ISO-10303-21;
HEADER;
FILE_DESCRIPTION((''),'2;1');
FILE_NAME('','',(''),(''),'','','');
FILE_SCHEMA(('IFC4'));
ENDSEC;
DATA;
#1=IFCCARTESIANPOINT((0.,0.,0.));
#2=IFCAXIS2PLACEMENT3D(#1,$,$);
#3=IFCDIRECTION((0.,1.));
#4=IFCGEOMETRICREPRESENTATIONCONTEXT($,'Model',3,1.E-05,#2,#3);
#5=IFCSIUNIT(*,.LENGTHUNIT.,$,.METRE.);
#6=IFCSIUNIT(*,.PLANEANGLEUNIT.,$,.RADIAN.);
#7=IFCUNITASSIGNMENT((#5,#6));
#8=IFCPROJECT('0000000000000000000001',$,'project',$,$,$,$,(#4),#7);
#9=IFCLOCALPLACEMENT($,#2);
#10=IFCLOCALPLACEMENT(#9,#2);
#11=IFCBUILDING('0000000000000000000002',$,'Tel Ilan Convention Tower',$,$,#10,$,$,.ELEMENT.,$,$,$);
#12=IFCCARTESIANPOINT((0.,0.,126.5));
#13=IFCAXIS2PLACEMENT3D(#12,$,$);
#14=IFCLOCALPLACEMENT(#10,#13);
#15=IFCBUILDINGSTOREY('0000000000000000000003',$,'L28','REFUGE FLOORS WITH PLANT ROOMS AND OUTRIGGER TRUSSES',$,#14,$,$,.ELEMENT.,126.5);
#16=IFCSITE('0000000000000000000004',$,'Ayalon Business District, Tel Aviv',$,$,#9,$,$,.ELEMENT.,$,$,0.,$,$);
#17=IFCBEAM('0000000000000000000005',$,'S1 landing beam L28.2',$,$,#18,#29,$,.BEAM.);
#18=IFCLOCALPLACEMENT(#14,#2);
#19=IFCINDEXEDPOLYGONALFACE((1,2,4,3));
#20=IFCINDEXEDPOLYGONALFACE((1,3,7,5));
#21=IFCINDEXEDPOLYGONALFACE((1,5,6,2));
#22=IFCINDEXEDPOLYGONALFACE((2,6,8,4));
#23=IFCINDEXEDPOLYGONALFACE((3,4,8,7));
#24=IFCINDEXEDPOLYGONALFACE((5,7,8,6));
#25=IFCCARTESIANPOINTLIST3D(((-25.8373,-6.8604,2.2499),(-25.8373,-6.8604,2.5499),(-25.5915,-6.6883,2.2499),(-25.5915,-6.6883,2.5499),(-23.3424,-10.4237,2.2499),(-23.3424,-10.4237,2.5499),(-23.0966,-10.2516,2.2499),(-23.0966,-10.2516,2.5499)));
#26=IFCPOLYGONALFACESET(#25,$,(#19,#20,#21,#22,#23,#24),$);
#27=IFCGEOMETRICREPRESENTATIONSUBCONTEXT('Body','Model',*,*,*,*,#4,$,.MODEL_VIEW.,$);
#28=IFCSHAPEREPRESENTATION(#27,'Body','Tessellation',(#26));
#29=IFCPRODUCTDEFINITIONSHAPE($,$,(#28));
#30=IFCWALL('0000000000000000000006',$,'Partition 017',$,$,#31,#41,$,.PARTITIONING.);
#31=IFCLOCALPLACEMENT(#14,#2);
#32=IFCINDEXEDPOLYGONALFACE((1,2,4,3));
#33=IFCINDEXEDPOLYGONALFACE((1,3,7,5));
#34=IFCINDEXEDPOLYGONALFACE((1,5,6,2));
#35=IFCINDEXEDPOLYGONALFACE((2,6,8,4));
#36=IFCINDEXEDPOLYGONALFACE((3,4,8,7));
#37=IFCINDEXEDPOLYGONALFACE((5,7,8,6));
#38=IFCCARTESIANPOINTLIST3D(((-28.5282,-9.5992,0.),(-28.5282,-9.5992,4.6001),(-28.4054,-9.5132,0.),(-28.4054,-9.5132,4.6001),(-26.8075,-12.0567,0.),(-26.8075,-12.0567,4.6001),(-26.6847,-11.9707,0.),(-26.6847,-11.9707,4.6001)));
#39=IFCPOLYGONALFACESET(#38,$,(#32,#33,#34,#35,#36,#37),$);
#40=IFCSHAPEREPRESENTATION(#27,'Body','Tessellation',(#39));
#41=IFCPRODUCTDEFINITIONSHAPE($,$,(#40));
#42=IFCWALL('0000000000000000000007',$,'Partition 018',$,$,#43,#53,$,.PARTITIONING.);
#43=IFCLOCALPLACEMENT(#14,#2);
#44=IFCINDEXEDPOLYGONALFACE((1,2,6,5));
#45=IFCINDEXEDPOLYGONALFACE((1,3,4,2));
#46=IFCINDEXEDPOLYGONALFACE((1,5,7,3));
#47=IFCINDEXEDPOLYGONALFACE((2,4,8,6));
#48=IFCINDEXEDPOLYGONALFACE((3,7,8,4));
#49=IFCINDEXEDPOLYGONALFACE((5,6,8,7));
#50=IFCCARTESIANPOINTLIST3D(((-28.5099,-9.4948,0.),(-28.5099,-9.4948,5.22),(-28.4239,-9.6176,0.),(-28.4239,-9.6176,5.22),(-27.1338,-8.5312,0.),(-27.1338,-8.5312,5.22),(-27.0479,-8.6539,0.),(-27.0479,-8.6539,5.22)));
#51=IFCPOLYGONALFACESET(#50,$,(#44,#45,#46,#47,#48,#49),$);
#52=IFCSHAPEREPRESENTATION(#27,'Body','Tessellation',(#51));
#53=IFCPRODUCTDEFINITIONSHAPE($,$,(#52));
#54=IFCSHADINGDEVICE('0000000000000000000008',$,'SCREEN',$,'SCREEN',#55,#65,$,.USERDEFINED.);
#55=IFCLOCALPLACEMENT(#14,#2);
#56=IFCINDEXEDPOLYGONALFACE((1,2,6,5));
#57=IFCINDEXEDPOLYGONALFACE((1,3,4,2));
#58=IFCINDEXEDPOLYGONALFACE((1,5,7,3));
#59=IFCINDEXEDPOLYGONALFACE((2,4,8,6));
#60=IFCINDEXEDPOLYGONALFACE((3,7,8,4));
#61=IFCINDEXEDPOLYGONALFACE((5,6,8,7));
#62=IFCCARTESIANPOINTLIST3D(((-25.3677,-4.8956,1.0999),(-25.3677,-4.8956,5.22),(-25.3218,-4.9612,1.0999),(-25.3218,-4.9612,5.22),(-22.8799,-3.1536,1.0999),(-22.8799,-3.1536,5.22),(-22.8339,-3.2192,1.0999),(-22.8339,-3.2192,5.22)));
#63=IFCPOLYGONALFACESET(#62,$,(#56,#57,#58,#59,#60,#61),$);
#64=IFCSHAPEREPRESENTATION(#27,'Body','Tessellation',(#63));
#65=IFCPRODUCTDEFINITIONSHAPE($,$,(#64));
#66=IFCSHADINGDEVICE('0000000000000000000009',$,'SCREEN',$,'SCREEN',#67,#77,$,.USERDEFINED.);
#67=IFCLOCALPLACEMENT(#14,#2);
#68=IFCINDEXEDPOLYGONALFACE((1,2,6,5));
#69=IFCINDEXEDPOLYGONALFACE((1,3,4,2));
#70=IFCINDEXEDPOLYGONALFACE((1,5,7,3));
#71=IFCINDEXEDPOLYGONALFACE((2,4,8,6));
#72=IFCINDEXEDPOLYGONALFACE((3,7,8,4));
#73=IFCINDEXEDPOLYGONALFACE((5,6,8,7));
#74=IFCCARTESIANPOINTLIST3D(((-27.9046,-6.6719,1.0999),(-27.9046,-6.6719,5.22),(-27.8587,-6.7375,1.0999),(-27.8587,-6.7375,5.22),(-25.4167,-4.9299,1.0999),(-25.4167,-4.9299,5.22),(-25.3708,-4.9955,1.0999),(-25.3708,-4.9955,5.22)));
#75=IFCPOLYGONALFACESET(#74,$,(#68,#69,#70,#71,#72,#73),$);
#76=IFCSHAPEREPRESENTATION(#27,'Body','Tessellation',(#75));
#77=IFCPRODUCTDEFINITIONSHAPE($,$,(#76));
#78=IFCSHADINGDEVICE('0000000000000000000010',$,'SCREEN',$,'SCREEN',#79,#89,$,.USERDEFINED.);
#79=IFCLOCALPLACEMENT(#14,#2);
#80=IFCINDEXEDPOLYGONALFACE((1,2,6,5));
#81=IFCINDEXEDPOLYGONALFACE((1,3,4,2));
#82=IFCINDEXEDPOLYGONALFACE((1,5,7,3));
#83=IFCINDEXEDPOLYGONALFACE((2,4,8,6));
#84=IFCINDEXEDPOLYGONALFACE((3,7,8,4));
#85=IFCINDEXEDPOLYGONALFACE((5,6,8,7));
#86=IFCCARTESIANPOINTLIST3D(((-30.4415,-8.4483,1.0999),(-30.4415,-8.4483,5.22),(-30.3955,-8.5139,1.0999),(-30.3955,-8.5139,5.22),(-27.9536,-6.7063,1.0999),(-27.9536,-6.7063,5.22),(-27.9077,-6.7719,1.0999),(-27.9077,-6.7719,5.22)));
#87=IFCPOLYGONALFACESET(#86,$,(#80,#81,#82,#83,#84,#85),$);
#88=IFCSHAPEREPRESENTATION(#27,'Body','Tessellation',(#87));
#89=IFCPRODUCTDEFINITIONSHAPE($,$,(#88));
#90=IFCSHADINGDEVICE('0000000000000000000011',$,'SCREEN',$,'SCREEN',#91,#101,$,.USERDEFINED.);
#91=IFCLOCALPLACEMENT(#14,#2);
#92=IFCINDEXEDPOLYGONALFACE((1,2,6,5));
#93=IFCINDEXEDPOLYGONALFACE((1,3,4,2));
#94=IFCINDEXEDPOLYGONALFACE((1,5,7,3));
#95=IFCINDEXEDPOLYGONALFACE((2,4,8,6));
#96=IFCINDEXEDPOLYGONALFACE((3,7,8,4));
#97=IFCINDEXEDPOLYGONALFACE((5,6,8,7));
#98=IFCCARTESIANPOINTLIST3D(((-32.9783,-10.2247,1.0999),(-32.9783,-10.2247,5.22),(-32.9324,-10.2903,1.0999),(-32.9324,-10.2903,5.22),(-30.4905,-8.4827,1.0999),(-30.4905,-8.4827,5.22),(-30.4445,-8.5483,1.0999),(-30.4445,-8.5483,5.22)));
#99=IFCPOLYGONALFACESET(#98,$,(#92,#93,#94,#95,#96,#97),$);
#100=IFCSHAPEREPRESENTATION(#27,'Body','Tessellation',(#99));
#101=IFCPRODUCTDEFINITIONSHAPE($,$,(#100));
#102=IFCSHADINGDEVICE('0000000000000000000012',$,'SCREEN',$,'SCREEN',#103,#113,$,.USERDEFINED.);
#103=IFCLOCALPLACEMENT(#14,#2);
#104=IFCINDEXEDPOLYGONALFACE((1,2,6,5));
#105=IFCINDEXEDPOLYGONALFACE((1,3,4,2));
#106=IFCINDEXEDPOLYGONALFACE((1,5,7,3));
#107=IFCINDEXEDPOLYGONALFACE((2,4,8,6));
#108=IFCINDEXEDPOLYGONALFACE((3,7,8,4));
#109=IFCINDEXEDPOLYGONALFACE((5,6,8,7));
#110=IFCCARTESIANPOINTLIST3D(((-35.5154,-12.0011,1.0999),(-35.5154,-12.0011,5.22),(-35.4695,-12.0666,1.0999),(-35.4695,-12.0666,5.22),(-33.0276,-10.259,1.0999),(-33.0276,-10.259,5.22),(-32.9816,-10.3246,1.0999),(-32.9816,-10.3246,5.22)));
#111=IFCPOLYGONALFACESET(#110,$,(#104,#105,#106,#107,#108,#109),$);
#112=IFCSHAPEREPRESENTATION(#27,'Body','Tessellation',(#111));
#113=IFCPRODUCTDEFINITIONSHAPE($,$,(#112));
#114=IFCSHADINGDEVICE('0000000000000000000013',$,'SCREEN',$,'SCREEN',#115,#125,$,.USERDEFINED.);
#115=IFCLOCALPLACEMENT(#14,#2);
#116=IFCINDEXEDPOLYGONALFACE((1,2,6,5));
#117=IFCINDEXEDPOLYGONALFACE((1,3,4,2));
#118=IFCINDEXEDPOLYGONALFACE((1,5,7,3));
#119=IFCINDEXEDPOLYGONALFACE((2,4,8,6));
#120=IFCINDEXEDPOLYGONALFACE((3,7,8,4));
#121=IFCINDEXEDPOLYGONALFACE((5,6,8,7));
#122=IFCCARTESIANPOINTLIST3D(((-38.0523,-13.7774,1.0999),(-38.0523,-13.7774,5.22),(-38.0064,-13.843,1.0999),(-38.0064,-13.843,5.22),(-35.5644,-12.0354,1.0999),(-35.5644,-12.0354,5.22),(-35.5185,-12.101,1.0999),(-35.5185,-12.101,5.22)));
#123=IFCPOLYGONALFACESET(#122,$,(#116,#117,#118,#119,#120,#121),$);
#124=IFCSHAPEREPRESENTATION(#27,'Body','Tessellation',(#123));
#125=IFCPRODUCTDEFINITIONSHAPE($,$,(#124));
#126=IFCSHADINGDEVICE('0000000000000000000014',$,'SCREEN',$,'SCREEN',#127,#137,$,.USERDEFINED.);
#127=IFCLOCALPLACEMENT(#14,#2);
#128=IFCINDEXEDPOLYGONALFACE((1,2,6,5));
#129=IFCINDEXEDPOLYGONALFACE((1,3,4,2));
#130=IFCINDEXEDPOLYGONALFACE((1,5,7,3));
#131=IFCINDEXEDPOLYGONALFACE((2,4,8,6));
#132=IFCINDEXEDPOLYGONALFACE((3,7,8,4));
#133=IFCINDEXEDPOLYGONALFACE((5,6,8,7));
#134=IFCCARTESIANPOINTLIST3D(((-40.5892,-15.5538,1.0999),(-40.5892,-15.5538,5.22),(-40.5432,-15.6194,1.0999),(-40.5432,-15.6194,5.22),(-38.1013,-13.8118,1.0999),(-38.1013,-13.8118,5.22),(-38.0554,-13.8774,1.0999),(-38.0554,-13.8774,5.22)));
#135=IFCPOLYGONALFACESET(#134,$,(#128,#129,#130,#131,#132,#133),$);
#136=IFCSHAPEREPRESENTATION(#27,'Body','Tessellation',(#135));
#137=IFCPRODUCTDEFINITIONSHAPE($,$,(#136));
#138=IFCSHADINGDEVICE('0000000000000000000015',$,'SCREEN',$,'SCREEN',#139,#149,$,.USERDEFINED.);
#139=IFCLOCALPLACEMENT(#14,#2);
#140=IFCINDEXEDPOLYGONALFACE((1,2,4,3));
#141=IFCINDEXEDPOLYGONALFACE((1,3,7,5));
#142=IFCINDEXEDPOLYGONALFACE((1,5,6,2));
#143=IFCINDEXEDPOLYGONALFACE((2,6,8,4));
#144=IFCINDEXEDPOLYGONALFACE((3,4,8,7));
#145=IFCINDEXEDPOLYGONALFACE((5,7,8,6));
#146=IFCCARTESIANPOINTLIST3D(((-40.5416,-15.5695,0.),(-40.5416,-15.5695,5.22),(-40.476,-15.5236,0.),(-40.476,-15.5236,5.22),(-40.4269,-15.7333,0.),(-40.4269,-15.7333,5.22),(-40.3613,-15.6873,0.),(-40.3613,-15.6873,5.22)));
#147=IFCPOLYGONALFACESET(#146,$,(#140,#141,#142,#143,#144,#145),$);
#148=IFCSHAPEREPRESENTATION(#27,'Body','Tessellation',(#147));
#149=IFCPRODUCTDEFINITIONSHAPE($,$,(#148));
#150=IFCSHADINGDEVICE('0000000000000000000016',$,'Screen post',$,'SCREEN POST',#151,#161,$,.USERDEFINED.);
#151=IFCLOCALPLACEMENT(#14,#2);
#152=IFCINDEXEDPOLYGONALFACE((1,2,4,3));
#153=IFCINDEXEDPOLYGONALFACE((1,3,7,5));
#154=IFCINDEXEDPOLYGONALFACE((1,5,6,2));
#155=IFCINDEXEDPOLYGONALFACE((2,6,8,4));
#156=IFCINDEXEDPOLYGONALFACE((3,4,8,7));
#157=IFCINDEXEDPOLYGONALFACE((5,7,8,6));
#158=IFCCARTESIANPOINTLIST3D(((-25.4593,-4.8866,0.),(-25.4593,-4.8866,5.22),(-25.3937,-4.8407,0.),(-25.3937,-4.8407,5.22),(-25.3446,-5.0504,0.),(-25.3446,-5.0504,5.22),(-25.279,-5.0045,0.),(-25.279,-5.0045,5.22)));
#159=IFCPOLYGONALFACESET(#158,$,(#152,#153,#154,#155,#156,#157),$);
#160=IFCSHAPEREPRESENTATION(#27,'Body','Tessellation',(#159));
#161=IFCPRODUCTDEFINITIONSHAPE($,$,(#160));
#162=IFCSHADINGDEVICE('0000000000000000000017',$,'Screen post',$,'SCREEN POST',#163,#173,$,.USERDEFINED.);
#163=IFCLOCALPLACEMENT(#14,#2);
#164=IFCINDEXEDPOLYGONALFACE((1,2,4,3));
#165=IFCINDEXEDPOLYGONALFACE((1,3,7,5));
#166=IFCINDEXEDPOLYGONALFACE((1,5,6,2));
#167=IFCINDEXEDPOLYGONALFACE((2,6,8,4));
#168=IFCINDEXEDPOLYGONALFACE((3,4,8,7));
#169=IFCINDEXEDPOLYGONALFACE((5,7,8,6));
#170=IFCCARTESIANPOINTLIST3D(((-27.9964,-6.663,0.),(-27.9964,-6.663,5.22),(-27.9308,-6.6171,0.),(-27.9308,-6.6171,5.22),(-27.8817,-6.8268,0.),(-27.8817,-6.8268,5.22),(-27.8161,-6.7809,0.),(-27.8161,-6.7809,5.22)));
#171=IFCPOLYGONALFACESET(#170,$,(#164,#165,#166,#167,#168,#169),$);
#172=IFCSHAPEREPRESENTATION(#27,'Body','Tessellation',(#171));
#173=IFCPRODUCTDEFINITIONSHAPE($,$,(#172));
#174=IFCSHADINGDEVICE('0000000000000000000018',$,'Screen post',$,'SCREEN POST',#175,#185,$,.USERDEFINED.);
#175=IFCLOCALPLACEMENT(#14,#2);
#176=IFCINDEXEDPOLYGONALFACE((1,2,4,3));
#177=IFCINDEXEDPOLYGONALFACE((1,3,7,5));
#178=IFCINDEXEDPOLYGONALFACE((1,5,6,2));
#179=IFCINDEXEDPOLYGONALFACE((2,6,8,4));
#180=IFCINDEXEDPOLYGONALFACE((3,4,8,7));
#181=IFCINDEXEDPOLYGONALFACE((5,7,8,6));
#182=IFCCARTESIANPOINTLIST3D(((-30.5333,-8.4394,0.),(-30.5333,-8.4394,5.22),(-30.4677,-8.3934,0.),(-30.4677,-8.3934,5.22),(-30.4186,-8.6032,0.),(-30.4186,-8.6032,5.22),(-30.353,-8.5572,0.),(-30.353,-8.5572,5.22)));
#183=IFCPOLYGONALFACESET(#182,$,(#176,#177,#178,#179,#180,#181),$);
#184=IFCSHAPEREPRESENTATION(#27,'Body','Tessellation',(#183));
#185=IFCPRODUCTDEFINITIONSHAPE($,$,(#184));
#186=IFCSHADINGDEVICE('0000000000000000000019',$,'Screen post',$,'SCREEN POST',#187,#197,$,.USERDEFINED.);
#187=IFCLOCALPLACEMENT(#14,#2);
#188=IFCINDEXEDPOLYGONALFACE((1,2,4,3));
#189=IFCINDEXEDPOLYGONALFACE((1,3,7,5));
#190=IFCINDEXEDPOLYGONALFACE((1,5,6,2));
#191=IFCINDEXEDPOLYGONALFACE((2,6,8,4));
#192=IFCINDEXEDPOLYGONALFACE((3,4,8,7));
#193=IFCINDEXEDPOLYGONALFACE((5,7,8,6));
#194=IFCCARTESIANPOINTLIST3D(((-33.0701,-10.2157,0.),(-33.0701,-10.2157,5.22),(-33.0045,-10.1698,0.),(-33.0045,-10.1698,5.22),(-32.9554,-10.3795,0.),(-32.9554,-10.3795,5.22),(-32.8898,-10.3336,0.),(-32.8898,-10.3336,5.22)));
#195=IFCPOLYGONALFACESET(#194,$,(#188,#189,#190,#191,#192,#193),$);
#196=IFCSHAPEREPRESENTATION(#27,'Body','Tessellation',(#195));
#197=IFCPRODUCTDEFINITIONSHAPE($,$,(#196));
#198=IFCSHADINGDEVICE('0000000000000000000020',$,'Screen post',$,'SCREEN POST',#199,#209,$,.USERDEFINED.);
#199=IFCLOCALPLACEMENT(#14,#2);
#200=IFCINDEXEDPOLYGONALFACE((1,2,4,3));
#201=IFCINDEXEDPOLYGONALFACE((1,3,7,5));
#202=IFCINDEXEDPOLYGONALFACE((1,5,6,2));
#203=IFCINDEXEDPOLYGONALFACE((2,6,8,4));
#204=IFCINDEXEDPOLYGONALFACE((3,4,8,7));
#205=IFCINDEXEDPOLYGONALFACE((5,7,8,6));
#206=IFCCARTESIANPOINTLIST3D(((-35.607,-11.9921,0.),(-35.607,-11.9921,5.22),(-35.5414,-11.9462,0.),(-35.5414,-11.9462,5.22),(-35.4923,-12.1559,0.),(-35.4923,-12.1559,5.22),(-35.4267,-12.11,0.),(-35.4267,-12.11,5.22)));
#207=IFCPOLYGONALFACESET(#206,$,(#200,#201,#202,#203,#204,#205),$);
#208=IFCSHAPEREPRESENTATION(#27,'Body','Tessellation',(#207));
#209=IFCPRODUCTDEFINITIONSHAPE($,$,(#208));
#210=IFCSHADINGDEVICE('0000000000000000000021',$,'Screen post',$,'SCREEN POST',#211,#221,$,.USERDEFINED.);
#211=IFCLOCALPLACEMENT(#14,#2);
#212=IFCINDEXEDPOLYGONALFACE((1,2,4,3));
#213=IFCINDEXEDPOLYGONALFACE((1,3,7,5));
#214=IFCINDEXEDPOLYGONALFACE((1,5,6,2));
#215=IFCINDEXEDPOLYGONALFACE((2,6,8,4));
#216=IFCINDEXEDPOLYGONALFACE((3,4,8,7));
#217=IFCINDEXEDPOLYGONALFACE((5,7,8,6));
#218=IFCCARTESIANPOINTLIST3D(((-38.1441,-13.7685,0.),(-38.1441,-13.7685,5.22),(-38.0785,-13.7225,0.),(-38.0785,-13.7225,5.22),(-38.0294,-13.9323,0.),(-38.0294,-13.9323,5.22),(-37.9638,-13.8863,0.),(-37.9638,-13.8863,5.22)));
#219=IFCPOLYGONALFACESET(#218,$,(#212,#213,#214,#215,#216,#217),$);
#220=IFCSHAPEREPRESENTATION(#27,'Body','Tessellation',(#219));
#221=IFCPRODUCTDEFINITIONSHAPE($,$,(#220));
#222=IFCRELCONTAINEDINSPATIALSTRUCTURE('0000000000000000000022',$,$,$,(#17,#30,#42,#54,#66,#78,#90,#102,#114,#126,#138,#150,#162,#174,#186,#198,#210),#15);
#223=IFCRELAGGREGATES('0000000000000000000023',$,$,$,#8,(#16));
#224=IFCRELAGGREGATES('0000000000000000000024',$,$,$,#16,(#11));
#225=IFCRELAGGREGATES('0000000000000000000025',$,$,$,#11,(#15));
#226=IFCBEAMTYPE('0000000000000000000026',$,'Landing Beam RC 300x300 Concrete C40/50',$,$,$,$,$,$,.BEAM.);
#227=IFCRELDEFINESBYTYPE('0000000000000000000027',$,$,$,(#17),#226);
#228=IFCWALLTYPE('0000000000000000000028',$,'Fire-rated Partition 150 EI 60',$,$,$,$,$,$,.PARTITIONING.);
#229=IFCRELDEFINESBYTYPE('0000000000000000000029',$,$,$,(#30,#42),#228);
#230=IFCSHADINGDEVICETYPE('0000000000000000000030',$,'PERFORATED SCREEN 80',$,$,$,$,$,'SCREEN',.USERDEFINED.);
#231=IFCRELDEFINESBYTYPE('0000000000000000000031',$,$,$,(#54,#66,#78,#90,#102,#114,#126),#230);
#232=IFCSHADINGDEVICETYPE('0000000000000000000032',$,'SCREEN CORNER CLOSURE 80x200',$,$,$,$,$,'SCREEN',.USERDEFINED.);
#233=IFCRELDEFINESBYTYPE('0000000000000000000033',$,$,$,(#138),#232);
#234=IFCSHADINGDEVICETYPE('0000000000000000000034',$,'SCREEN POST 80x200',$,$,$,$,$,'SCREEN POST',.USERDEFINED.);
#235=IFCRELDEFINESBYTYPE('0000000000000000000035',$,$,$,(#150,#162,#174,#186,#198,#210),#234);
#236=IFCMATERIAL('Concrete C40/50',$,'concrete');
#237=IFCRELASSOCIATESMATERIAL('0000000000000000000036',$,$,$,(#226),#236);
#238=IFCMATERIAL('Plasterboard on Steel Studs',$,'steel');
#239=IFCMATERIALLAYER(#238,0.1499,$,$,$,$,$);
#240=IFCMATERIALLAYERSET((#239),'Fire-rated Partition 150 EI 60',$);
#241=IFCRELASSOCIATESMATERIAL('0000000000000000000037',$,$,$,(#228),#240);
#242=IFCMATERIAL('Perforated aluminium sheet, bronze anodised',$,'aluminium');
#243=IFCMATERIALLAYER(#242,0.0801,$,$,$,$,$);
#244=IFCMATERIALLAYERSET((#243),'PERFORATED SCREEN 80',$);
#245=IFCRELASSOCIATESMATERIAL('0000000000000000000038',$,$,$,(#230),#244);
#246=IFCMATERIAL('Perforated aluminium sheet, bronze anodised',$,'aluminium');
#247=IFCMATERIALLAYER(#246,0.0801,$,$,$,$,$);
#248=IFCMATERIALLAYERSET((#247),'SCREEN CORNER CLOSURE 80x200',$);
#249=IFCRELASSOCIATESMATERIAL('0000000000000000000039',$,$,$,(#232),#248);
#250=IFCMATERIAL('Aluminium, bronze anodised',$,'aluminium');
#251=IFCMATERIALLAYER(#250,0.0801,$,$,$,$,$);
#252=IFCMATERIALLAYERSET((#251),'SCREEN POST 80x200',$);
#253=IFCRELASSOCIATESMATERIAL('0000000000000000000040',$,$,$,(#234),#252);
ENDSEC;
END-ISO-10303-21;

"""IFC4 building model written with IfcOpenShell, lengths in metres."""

from ifc_helpers import new_model, si_unit, direction, frame, frame_2d, origin, origin_2d, place, context, subcontext, project, spatial, rectangle, extrude, material, layer, layer_set, material_profile, profile_set, type_object, element, save


model = new_model("IFC4")

# Units and contexts
model_context = context("Model", 3, precision=1e-05, world=origin(), true_north=direction((0.0, 1.0)))
body_context = subcontext(model_context, "Body", "Model", "MODEL_VIEW")
ifc_project = project(units=[si_unit("LENGTHUNIT", "METRE"), si_unit("PLANEANGLEUNIT", "RADIAN")], contexts=[model_context])

# Site, building, storey
site_placement = place(None, origin())
site = spatial("IfcSite", under=ifc_project, at=site_placement, Name="Ayalon Business District, Tel Aviv", CompositionType="ELEMENT", RefElevation=0.0)
building_placement = place(site_placement, origin())
building = spatial("IfcBuilding", under=site, at=building_placement, Name="Tel Ilan Convention Tower", CompositionType="ELEMENT")
storey_placement = place(building_placement, frame((0.0, 0.0, 126.5)))
storey = spatial("IfcBuildingStorey", under=building, at=storey_placement, Name="L28", Description="REFUGE FLOORS WITH PLANT ROOMS AND OUTRIGGER TRUSSES", CompositionType="ELEMENT", Elevation=126.5)

# Beam
ifc_material_1 = material(Name="Concrete C40/50", Category="concrete")
ifc_material_profile_1 = material_profile(ifc_material_1, rectangle(XDim=0.3, YDim=0.3, at=origin_2d()), Name="RC 300x300")
ifc_profile_set_1 = profile_set([ifc_material_profile_1], Name="Concrete C40/50")
beam_type_1 = type_object("IfcBeamType", Name="Landing Beam RC 300x300 Concrete C40/50", PredefinedType="BEAM", material=ifc_profile_set_1)
beam_1_placement = place(storey_placement, frame((-23.2195, -10.3376, 2.3999), z_axis=(-0.573557, 0.819166, 0.0), x_axis=(-0.819166, -0.573557, 0.0)))
element("IfcBeam", 1, at=beam_1_placement, inside=storey, type_object=beam_type_1, Name="S1 landing beam L28.2", PredefinedType="BEAM", context=body_context, shape_type="SweptSolid", body=[
    extrude(rectangle(XDim=0.3, YDim=0.3, at=origin_2d()), origin(), (0.0, 0.0, 1.0), 4.3499),
])

# Walls
ifc_material_2 = material(Name="Plasterboard on Steel Studs", Category="steel")
ifc_layer_1 = layer(ifc_material_2, 0.1499)
ifc_layer_set_1 = layer_set([ifc_layer_1], Name="Fire-rated Partition 150 EI 60")
wall_type = type_object("IfcWallType", Name="Fire-rated Partition 150 EI 60", PredefinedType="PARTITIONING", material=ifc_layer_set_1)
wall_1_placement = place(storey_placement, frame((-26.7461, -12.0137, 0.0), z_axis=(0.0, 0.0, 1.0), x_axis=(-0.573561, 0.819163, 0.0)))
element("IfcWall", 2, at=wall_1_placement, inside=storey, type_object=wall_type, Name="Partition 017", PredefinedType="PARTITIONING", context=body_context, shape_type="SweptSolid", body=[
    extrude(rectangle(XDim=3.0, YDim=0.1499, at=frame_2d((1.5, 0.0))), origin(), (0.0, 0.0, 1.0), 4.6001),
])
wall_2_placement = place(storey_placement, frame((-28.4668, -9.5562, 0.0), z_axis=(0.0, 0.0, 1.0), x_axis=(0.819109, 0.573638, 0.0)))
element("IfcWall", 3, at=wall_2_placement, inside=storey, type_object=wall_type, Name="Partition 018", PredefinedType="PARTITIONING", context=body_context, shape_type="SweptSolid", body=[
    extrude(rectangle(XDim=1.6799, YDim=0.1499, at=frame_2d((0.8398, 0.0))), origin(), (0.0, 0.0, 1.0), 5.22),
])

# Shading devices
ifc_material_3 = material(Name="Perforated aluminium sheet, bronze anodised", Category="aluminium")
ifc_layer_2 = layer(ifc_material_3, 0.0801)
ifc_layer_set_2 = layer_set([ifc_layer_2], Name="PERFORATED SCREEN 80")
shading_device_type_1 = type_object("IfcShadingDeviceType", Name="PERFORATED SCREEN 80", ElementType="SCREEN", PredefinedType="USERDEFINED", material=ifc_layer_set_2)
for number, where, z_axis, x_axis, name in (
    (4, (-24.1008, -4.0574, 1.0999), (0.0, 0.0, 1.0), (-0.819152, -0.573576, 0.0), "SCREEN"),
    (5, (-26.6377, -5.8337, 1.0999), (0.0, 0.0, 1.0), (-0.819152, -0.573576, 0.0), "SCREEN"),
    (6, (-29.1746, -7.6101, 1.0999), (0.0, 0.0, 1.0), (-0.819152, -0.573576, 0.0), "SCREEN"),
    (7, (-31.7114, -9.3865, 1.0999), (0.0, 0.0, 1.0), (-0.819152, -0.573576, 0.0), "SCREEN"),
    (8, (-34.2485, -11.1628, 1.0999), (0.0, 0.0, 1.0), (-0.819152, -0.573576, 0.0), "SCREEN"),
    (9, (-36.7854, -12.9392, 1.0999), (0.0, 0.0, 1.0), (-0.819152, -0.573576, 0.0), "SCREEN"),
    (10, (-39.3223, -14.7156, 1.0999), (0.0, 0.0, 1.0), (-0.819152, -0.573576, 0.0), "SCREEN"),
):
    element("IfcShadingDevice", number, at=place(storey_placement, frame(where, z_axis=z_axis, x_axis=x_axis)), inside=storey, type_object=shading_device_type_1, Name=name, ObjectType="SCREEN", PredefinedType="USERDEFINED", context=body_context, shape_type="SweptSolid", body=[
        extrude(rectangle(XDim=3.0371, YDim=0.0801, at=origin_2d()), origin(), (0.0, 0.0, 1.0), 4.1201),
    ])

# Shading devices
ifc_material_4 = material(Name="Perforated aluminium sheet, bronze anodised", Category="aluminium")
ifc_layer_3 = layer(ifc_material_4, 0.0801)
ifc_layer_set_3 = layer_set([ifc_layer_3], Name="SCREEN CORNER CLOSURE 80x200")
shading_device_type_2 = type_object("IfcShadingDeviceType", Name="SCREEN CORNER CLOSURE 80x200", ElementType="SCREEN", PredefinedType="USERDEFINED", material=ifc_layer_set_3)
shading_device_placement = place(storey_placement, frame((-40.4514, -15.6284, 0.0), z_axis=(0.0, 0.0, 1.0), x_axis=(-0.819152, -0.573576, 0.0)))
element("IfcShadingDevice", 11, at=shading_device_placement, inside=storey, type_object=shading_device_type_2, Name="SCREEN", ObjectType="SCREEN", PredefinedType="USERDEFINED", context=body_context, shape_type="SweptSolid", body=[
    extrude(rectangle(XDim=0.0801, YDim=0.2, at=origin_2d()), origin(), (0.0, 0.0, 1.0), 5.22),
])
ifc_material_5 = material(Name="Aluminium, bronze anodised", Category="aluminium")
ifc_layer_4 = layer(ifc_material_5, 0.0801)
ifc_layer_set_4 = layer_set([ifc_layer_4], Name="SCREEN POST 80x200")
shading_device_type_3 = type_object("IfcShadingDeviceType", Name="SCREEN POST 80x200", ElementType="SCREEN POST", PredefinedType="USERDEFINED", material=ifc_layer_set_4)
for number, where, z_axis, x_axis, name in (
    (12, (-25.3691, -4.9456, 0.0), (0.0, 0.0, 1.0), (-0.819152, -0.573576, 0.0), "Screen post"),
    (13, (-27.9062, -6.7219, 0.0), (0.0, 0.0, 1.0), (-0.819152, -0.573576, 0.0), "Screen post"),
    (14, (-30.4431, -8.4983, 0.0), (0.0, 0.0, 1.0), (-0.819152, -0.573576, 0.0), "Screen post"),
    (15, (-32.98, -10.2747, 0.0), (0.0, 0.0, 1.0), (-0.819152, -0.573576, 0.0), "Screen post"),
    (16, (-35.5168, -12.051, 0.0), (0.0, 0.0, 1.0), (-0.819152, -0.573576, 0.0), "Screen post"),
    (17, (-38.054, -13.8274, 0.0), (0.0, 0.0, 1.0), (-0.819152, -0.573576, 0.0), "Screen post"),
):
    element("IfcShadingDevice", number, at=place(storey_placement, frame(where, z_axis=z_axis, x_axis=x_axis)), inside=storey, type_object=shading_device_type_3, Name=name, ObjectType="SCREEN POST", PredefinedType="USERDEFINED", context=body_context, shape_type="SweptSolid", body=[
        extrude(rectangle(XDim=0.0801, YDim=0.2, at=origin_2d()), origin(), (0.0, 0.0, 1.0), 5.22),
    ])

save(model, "model.ifc")
